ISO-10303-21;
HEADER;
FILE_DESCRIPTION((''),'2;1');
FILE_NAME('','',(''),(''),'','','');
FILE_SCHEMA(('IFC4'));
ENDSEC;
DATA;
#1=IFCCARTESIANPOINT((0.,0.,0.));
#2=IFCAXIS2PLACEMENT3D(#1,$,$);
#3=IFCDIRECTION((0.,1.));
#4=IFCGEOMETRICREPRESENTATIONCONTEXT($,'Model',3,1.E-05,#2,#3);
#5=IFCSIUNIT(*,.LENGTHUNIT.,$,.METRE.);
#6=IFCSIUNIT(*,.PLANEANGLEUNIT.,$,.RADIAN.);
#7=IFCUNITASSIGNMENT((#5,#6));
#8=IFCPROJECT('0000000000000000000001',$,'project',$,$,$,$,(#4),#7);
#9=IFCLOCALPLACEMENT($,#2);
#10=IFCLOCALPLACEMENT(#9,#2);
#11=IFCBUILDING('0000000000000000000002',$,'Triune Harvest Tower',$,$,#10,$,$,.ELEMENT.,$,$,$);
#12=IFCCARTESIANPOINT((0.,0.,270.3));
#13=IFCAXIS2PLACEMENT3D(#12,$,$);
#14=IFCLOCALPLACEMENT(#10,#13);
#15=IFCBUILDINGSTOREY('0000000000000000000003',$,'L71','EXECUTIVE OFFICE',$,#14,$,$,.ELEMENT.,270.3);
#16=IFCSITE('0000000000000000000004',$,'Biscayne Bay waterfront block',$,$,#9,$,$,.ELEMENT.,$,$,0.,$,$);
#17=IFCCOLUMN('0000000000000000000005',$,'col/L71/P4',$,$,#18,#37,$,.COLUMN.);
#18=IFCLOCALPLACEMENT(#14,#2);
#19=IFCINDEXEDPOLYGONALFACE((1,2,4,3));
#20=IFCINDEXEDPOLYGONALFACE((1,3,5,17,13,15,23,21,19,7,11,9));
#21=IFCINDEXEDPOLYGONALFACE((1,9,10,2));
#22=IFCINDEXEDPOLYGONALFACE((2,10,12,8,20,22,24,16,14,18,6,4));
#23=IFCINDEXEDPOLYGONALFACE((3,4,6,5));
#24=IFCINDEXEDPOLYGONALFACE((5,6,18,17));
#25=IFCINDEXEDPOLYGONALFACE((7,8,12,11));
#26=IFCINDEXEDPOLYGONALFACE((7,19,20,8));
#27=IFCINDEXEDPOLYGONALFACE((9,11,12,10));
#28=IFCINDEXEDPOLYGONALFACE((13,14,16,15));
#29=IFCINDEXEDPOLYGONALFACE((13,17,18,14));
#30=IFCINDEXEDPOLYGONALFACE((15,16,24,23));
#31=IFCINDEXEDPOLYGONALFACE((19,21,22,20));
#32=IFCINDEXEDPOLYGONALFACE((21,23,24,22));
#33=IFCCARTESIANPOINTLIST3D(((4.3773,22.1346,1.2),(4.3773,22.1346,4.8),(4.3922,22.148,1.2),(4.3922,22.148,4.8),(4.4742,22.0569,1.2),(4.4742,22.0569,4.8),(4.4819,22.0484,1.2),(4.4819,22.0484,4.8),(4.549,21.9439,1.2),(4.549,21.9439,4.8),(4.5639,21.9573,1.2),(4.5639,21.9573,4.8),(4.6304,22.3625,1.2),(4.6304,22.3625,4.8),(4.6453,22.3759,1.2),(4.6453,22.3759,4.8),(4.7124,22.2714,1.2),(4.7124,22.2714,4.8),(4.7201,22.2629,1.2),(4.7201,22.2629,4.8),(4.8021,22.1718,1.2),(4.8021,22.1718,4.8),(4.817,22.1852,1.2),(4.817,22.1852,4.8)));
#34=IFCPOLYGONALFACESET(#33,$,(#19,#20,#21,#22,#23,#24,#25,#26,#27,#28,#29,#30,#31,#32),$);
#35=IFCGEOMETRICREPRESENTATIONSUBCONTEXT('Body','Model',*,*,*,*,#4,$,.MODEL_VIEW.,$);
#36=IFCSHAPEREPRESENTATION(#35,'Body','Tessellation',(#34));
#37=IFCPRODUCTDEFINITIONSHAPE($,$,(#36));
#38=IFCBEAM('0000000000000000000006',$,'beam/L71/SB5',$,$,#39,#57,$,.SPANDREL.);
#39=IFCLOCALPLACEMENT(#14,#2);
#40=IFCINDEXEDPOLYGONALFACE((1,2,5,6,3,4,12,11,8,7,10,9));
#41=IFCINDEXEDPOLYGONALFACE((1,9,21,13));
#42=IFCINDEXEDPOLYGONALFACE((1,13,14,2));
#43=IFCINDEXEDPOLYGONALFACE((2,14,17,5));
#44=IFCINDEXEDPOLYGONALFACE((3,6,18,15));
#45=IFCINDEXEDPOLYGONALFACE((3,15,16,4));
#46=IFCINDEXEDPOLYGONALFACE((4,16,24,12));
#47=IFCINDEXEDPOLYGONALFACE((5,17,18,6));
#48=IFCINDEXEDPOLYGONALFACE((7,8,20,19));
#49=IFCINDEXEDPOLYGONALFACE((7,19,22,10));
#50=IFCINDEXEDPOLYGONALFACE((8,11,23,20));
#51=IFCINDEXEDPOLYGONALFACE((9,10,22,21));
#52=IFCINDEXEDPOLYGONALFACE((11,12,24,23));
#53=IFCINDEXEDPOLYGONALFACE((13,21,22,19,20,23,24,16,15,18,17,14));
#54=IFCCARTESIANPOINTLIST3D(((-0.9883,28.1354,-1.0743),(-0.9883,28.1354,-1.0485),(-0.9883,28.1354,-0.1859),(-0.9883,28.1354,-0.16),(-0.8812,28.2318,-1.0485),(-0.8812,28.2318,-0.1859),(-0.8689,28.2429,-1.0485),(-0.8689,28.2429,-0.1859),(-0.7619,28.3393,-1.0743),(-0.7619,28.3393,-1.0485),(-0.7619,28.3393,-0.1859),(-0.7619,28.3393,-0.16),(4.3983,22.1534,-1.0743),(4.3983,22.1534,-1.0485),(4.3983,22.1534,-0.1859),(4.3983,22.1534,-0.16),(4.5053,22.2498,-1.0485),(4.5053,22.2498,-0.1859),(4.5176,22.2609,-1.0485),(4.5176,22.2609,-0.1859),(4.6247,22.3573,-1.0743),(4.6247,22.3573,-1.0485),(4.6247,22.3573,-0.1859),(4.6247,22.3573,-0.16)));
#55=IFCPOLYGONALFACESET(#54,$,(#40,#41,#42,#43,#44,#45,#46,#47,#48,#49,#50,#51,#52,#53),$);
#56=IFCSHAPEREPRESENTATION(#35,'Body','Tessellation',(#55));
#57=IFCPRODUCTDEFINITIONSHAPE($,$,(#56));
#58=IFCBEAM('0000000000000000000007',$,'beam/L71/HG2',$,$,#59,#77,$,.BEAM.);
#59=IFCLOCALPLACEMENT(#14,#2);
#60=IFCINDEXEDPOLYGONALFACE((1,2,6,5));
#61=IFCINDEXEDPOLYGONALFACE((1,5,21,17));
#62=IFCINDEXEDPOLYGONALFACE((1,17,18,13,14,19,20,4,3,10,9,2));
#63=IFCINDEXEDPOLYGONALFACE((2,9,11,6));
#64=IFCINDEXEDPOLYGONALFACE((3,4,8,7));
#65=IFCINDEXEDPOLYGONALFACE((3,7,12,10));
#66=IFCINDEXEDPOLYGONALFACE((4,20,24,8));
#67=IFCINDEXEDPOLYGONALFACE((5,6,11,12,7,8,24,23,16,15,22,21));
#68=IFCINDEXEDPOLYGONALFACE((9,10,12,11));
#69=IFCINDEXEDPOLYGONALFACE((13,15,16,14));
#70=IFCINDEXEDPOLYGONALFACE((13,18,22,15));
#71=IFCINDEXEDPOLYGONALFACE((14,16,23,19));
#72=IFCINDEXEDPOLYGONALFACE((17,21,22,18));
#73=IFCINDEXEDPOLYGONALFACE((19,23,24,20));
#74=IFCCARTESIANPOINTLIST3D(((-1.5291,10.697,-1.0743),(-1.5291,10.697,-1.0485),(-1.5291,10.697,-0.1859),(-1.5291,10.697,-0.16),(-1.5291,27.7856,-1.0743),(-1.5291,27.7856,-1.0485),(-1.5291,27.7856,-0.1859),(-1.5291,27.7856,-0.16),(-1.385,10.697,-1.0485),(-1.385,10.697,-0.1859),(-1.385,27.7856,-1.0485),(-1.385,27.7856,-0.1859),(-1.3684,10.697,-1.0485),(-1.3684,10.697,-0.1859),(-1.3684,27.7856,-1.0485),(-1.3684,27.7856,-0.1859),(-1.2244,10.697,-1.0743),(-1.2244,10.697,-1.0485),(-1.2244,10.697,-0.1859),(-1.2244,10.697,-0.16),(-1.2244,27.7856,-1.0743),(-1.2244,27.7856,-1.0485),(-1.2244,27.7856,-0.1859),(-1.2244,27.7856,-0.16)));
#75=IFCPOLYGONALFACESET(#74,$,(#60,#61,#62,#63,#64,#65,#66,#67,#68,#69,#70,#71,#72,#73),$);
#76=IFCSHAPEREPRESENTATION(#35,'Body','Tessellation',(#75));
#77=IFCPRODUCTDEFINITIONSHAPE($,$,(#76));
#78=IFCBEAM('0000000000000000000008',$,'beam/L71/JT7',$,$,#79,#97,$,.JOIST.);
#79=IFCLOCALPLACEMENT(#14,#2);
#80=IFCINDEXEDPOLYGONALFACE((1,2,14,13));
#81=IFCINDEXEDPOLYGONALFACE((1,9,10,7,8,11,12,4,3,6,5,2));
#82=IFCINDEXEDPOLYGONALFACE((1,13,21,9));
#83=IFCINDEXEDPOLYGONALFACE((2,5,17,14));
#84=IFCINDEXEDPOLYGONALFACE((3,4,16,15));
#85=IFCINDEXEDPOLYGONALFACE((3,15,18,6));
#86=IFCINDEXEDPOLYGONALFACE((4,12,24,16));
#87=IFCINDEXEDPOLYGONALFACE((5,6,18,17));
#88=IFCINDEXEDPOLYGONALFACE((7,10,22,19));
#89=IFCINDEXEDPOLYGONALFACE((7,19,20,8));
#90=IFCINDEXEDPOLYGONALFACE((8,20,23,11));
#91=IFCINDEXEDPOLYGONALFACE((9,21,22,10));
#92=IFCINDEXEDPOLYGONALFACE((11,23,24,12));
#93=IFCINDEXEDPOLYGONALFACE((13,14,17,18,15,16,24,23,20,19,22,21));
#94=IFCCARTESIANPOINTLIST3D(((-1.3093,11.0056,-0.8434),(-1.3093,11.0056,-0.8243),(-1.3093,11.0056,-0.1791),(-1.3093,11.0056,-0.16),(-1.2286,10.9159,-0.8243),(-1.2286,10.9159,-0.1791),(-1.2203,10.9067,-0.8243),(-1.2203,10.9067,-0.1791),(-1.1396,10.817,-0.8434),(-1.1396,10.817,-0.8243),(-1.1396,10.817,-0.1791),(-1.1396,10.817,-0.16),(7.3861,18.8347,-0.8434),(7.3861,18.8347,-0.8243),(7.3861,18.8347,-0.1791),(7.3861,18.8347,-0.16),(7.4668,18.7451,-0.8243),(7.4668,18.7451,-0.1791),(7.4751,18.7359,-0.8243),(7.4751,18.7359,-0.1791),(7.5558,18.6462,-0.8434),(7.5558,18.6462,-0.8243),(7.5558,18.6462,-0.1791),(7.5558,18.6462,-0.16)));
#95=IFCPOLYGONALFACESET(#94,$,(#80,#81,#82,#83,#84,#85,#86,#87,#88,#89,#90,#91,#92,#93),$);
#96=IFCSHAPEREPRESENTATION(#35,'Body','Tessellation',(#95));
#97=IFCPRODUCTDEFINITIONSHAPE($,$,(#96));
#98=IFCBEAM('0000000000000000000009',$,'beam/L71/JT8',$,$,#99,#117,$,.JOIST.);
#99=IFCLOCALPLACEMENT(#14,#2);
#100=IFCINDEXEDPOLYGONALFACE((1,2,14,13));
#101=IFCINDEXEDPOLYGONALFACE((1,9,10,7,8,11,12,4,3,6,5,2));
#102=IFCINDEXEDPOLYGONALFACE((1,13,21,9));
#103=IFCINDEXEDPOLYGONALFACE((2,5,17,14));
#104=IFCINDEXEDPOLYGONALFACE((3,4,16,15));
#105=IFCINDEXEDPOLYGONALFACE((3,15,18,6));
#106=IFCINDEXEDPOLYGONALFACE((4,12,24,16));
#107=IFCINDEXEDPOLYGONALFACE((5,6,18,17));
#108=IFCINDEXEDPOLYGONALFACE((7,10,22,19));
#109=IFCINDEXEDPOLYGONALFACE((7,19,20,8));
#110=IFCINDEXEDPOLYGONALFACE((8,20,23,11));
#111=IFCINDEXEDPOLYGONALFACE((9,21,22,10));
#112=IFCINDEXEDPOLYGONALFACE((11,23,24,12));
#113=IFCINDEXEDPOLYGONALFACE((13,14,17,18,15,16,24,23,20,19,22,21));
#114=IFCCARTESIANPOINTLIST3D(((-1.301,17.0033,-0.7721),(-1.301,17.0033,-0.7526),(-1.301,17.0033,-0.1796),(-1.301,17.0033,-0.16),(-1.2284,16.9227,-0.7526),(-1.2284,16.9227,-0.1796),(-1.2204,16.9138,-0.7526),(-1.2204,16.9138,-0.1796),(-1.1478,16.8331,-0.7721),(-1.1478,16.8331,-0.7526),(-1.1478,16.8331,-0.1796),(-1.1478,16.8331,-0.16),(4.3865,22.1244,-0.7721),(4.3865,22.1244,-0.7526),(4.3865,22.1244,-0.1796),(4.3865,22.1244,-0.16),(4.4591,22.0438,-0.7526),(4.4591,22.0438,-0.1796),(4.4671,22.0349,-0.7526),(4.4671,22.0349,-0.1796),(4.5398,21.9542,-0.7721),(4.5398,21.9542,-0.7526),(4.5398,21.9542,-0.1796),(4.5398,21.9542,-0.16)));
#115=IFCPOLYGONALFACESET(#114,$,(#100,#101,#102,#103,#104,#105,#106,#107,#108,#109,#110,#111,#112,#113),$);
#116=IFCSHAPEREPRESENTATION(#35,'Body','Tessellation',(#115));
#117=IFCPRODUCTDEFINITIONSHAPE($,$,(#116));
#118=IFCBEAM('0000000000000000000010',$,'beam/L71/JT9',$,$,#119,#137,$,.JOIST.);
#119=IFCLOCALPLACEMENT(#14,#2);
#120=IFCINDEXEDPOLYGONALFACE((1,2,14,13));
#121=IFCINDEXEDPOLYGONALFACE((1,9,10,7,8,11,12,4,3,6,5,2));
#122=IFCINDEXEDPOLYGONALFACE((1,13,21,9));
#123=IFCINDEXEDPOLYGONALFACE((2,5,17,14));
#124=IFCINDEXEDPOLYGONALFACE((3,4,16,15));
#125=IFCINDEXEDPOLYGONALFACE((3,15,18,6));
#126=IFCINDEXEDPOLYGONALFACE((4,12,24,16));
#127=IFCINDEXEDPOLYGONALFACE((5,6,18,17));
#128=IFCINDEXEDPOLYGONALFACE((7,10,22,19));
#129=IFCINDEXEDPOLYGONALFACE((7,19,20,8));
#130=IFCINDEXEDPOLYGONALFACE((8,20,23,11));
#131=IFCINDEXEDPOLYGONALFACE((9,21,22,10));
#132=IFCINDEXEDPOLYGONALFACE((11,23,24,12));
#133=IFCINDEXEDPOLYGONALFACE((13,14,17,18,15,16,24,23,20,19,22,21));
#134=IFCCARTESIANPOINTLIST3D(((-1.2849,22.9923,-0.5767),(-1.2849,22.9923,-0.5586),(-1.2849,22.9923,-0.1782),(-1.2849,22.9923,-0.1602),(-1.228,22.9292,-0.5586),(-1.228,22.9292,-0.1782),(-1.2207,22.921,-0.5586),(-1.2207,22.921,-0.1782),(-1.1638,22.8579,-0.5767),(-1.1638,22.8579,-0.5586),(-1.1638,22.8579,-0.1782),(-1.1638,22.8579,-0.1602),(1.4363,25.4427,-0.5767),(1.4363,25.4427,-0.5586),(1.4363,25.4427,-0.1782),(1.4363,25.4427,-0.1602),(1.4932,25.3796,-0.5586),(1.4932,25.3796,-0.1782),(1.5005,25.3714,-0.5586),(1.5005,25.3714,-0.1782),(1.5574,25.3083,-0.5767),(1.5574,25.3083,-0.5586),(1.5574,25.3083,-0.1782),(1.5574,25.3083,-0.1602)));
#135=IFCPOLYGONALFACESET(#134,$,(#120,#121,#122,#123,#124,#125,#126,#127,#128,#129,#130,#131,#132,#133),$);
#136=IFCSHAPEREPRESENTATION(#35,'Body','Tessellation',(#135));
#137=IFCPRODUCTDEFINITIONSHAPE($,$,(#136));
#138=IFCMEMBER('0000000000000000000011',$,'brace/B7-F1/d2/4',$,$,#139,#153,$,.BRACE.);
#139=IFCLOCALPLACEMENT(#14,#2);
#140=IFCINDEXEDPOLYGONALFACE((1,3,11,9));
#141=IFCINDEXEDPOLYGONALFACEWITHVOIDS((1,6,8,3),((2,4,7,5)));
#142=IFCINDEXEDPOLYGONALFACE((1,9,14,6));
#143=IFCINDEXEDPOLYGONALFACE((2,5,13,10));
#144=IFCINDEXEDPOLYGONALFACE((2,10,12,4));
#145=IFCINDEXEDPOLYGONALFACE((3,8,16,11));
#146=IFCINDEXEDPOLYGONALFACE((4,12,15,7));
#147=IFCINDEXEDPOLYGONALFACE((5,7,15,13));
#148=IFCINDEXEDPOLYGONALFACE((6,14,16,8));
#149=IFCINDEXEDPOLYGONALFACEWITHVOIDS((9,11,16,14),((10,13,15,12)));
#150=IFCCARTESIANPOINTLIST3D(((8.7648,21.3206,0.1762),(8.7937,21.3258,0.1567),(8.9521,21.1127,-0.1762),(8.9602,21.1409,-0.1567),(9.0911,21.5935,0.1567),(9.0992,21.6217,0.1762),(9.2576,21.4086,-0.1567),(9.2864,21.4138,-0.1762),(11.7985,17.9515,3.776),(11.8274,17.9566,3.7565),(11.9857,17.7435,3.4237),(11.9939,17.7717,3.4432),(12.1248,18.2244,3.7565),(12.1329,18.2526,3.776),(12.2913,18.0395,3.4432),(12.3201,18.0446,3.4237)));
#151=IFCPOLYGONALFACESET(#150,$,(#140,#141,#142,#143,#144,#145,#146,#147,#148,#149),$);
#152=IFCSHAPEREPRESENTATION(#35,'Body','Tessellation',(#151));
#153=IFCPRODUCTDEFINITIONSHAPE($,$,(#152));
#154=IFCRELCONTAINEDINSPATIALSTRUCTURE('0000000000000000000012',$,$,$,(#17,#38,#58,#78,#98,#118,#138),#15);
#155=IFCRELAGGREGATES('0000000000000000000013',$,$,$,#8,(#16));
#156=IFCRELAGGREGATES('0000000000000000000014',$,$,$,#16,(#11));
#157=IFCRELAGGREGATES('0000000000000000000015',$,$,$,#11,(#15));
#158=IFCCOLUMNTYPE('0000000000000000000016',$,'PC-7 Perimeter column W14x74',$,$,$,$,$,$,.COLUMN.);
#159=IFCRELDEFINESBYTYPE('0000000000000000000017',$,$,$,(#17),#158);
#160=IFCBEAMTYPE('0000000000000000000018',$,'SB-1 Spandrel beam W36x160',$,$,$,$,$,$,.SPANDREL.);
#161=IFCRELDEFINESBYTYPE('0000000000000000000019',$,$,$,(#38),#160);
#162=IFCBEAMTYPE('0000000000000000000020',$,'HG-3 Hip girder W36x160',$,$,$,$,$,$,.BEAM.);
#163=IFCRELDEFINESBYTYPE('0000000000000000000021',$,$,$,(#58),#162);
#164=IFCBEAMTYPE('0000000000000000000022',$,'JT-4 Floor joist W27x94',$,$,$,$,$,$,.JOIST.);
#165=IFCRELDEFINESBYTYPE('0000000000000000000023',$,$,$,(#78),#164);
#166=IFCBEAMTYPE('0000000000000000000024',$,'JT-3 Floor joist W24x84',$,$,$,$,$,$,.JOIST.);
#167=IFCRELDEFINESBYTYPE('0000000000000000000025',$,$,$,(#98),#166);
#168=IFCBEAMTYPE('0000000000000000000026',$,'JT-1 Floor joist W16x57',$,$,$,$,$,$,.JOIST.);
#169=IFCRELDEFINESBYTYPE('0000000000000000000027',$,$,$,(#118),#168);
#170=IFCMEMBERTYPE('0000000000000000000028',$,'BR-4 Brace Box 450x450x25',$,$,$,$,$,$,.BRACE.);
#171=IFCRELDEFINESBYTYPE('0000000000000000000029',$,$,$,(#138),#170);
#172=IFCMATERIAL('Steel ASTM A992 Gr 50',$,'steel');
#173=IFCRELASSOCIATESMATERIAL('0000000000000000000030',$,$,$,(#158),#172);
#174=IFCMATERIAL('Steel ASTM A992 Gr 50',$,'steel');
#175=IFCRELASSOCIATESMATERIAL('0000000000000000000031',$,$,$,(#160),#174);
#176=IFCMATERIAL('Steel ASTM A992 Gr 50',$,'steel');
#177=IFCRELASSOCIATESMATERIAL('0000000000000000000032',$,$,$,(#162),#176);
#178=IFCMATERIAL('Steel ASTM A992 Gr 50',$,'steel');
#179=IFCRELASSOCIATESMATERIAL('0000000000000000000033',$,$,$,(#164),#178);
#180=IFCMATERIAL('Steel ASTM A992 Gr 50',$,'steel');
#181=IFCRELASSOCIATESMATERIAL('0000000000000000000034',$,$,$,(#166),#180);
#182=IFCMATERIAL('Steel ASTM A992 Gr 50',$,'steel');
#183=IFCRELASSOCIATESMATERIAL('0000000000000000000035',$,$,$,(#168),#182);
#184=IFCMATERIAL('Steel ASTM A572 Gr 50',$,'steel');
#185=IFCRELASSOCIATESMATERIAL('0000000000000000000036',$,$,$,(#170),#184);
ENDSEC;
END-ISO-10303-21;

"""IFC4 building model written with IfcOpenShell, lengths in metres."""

from ifc_helpers import new_model, si_unit, direction, frame, origin, origin_2d, place, context, subcontext, project, spatial, hollow_rectangle, i_section, extrude, source, transform, mapped, material, material_profile, profile_set, type_object, element, save


model = new_model("IFC4")

# Units and contexts
model_context = context("Model", 3, precision=1e-05, world=origin(), true_north=direction((0.0, 1.0)))
body_context = subcontext(model_context, "Body", "Model", "MODEL_VIEW")
ifc_project = project(units=[si_unit("LENGTHUNIT", "METRE"), si_unit("PLANEANGLEUNIT", "RADIAN")], contexts=[model_context])

# Site, building, storey
site_placement = place(None, origin())
site = spatial("IfcSite", under=ifc_project, at=site_placement, Name="Biscayne Bay waterfront block", CompositionType="ELEMENT", RefElevation=0.0)
building_placement = place(site_placement, origin())
building = spatial("IfcBuilding", under=site, at=building_placement, Name="Triune Harvest Tower", CompositionType="ELEMENT")
storey_placement = place(building_placement, frame((0.0, 0.0, 270.3)))
storey = spatial("IfcBuildingStorey", under=building, at=storey_placement, Name="L71", Description="EXECUTIVE OFFICE", CompositionType="ELEMENT", Elevation=270.3)

# Column
ifc_material_1 = material(Name="Steel ASTM A992 Gr 50", Category="steel")
ifc_material_profile_1 = material_profile(ifc_material_1, i_section(OverallWidth=0.2566, OverallDepth=0.3606, WebThickness=0.0115, FlangeThickness=0.02, at=origin_2d()), Name="W14x74")
ifc_profile_set_1 = profile_set([ifc_material_profile_1], Name="Steel ASTM A992 Gr 50")
column_type = type_object("IfcColumnType", Name="PC-7 Perimeter column W14x74", PredefinedType="COLUMN", material=ifc_profile_set_1)
shared_shape_1 = source(origin(), body_context, "Body", "SweptSolid", [
    extrude(i_section(OverallWidth=0.2566, OverallDepth=0.3606, WebThickness=0.0115, FlangeThickness=0.02, at=origin_2d()), origin(), (0.0, 0.0, 1.0), 3.6001),
])
column_placement = place(storey_placement, frame((4.5972, 22.1599, 1.2), z_axis=(0.0, 0.0, 1.0), x_axis=(-0.669131, 0.743145, 0.0)))
element("IfcColumn", 1, at=column_placement, inside=storey, type_object=column_type, Name="col/L71/P4", PredefinedType="COLUMN", context=body_context, shape_type="MappedRepresentation", body=[
    mapped(shared_shape_1, transform((0.0, 0.0, 0.0), scale=1.0)),
])

# Beams
ifc_material_2 = material(Name="Steel ASTM A992 Gr 50", Category="steel")
ifc_material_profile_2 = material_profile(ifc_material_2, i_section(OverallWidth=0.3047, OverallDepth=0.9143, WebThickness=0.0166, FlangeThickness=0.0259, at=origin_2d()), Name="W36x160")
ifc_profile_set_2 = profile_set([ifc_material_profile_2], Name="Steel ASTM A992 Gr 50")
beam_type_1 = type_object("IfcBeamType", Name="SB-1 Spandrel beam W36x160", PredefinedType="SPANDREL", material=ifc_profile_set_2)
shared_shape_2 = source(origin(), body_context, "Body", "SweptSolid", [
    extrude(i_section(OverallWidth=0.3047, OverallDepth=0.9143, WebThickness=0.0166, FlangeThickness=0.0259, at=origin_2d()), origin(), (0.0, 0.0, 1.0), 8.0498),
])
beam_1_placement = place(storey_placement, frame((4.5115, 22.2554, -0.6172), z_axis=(-0.669152, 0.743125, 0.0), x_axis=(-0.743125, -0.669152, 0.0)))
element("IfcBeam", 2, at=beam_1_placement, inside=storey, type_object=beam_type_1, Name="beam/L71/SB5", PredefinedType="SPANDREL", context=body_context, shape_type="MappedRepresentation", body=[
    mapped(shared_shape_2, transform((0.0, 0.0, 0.0), scale=1.0)),
])
ifc_material_3 = material(Name="Steel ASTM A992 Gr 50", Category="steel")
ifc_material_profile_3 = material_profile(ifc_material_3, i_section(OverallWidth=0.3047, OverallDepth=0.9143, WebThickness=0.0166, FlangeThickness=0.0259, at=origin_2d()), Name="W36x160")
ifc_profile_set_3 = profile_set([ifc_material_profile_3], Name="Steel ASTM A992 Gr 50")
beam_type_2 = type_object("IfcBeamType", Name="HG-3 Hip girder W36x160", PredefinedType="BEAM", material=ifc_profile_set_3)
shared_shape_3 = source(origin(), body_context, "Body", "SweptSolid", [
    extrude(i_section(OverallWidth=0.3047, OverallDepth=0.9143, WebThickness=0.0166, FlangeThickness=0.0259, at=origin_2d()), origin(), (0.0, 0.0, 1.0), 17.0886),
])
beam_2_placement = place(storey_placement, frame((-1.3767, 27.7856, -0.6172), z_axis=(0.0, -1.0, 0.0), x_axis=(1.0, 0.0, 0.0)))
element("IfcBeam", 3, at=beam_2_placement, inside=storey, type_object=beam_type_2, Name="beam/L71/HG2", PredefinedType="BEAM", context=body_context, shape_type="MappedRepresentation", body=[
    mapped(shared_shape_3, transform((0.0, 0.0, 0.0), scale=1.0)),
])
ifc_material_4 = material(Name="Steel ASTM A992 Gr 50", Category="steel")
ifc_material_profile_4 = material_profile(ifc_material_4, i_section(OverallWidth=0.2537, OverallDepth=0.6833, WebThickness=0.0125, FlangeThickness=0.019, at=origin_2d()), Name="W27x94")
ifc_profile_set_4 = profile_set([ifc_material_profile_4], Name="Steel ASTM A992 Gr 50")
beam_type_3 = type_object("IfcBeamType", Name="JT-4 Floor joist W27x94", PredefinedType="JOIST", material=ifc_profile_set_4)
shared_shape_4 = source(origin(), body_context, "Body", "SweptSolid", [
    extrude(i_section(OverallWidth=0.2537, OverallDepth=0.6833, WebThickness=0.0125, FlangeThickness=0.019, at=origin_2d()), origin(), (0.0, 0.0, 1.0), 11.7007),
])
beam_3_placement = place(storey_placement, frame((7.4709, 18.7405, -0.5017), z_axis=(-0.743153, -0.669121, 0.0), x_axis=(0.669121, -0.743153, 0.0)))
element("IfcBeam", 4, at=beam_3_placement, inside=storey, type_object=beam_type_3, Name="beam/L71/JT7", PredefinedType="JOIST", context=body_context, shape_type="MappedRepresentation", body=[
    mapped(shared_shape_4, transform((0.0, 0.0, 0.0), scale=1.0)),
])
ifc_material_5 = material(Name="Steel ASTM A992 Gr 50", Category="steel")
ifc_material_profile_5 = material_profile(ifc_material_5, i_section(OverallWidth=0.229, OverallDepth=0.6121, WebThickness=0.012, FlangeThickness=0.0195, at=origin_2d()), Name="W24x84")
ifc_profile_set_5 = profile_set([ifc_material_profile_5], Name="Steel ASTM A992 Gr 50")
beam_type_4 = type_object("IfcBeamType", Name="JT-3 Floor joist W24x84", PredefinedType="JOIST", material=ifc_profile_set_5)
shared_shape_5 = source(origin(), body_context, "Body", "SweptSolid", [
    extrude(i_section(OverallWidth=0.229, OverallDepth=0.6121, WebThickness=0.012, FlangeThickness=0.0195, at=origin_2d()), origin(), (0.0, 0.0, 1.0), 7.6533),
])
beam_4_placement = place(storey_placement, frame((4.4631, 22.0393, -0.4661), z_axis=(-0.743142, -0.669134, 0.0), x_axis=(0.669134, -0.743142, 0.0)))
element("IfcBeam", 5, at=beam_4_placement, inside=storey, type_object=beam_type_4, Name="beam/L71/JT8", PredefinedType="JOIST", context=body_context, shape_type="MappedRepresentation", body=[
    mapped(shared_shape_5, transform((0.0, 0.0, 0.0), scale=1.0)),
])
ifc_material_6 = material(Name="Steel ASTM A992 Gr 50", Category="steel")
ifc_material_profile_6 = material_profile(ifc_material_6, i_section(OverallWidth=0.1809, OverallDepth=0.4165, WebThickness=0.011, FlangeThickness=0.0181, at=origin_2d()), Name="W16x57")
ifc_profile_set_6 = profile_set([ifc_material_profile_6], Name="Steel ASTM A992 Gr 50")
beam_type_5 = type_object("IfcBeamType", Name="JT-1 Floor joist W16x57", PredefinedType="JOIST", material=ifc_profile_set_6)
shared_shape_6 = source(origin(), body_context, "Body", "SweptSolid", [
    extrude(i_section(OverallWidth=0.1809, OverallDepth=0.4165, WebThickness=0.011, FlangeThickness=0.0181, at=origin_2d()), origin(), (0.0, 0.0, 1.0), 3.6619),
])
beam_5_placement = place(storey_placement, frame((1.4968, 25.3755, -0.3684), z_axis=(-0.743108, -0.669171, 0.0), x_axis=(0.669171, -0.743108, 0.0)))
element("IfcBeam", 6, at=beam_5_placement, inside=storey, type_object=beam_type_5, Name="beam/L71/JT9", PredefinedType="JOIST", context=body_context, shape_type="MappedRepresentation", body=[
    mapped(shared_shape_6, transform((0.0, 0.0, 0.0), scale=1.0)),
])

# Member
ifc_material_7 = material(Name="Steel ASTM A572 Gr 50", Category="steel")
ifc_material_profile_7 = material_profile(ifc_material_7, hollow_rectangle(XDim=0.45, YDim=0.45, WallThickness=0.0249, at=origin_2d()), Name="Box 450x450x25")
ifc_profile_set_7 = profile_set([ifc_material_profile_7], Name="Steel ASTM A572 Gr 50")
member_type_1 = type_object("IfcMemberType", Name="BR-4 Brace Box 450x450x25", PredefinedType="BRACE", material=ifc_profile_set_7)
shared_shape_7 = source(origin(), body_context, "Body", "SweptSolid", [
    extrude(hollow_rectangle(XDim=0.45, YDim=0.45, WallThickness=0.0249, at=origin_2d()), origin(), (0.0, 0.0, 1.0), 5.7891),
])
member_1_placement = place(storey_placement, frame((9.0256, 21.3672, 0.0), z_axis=(0.524038, -0.581983, 0.621836), x_axis=(0.743133, 0.669143, 0.0)))
element("IfcMember", 7, at=member_1_placement, inside=storey, type_object=member_type_1, Name="brace/B7-F1/d2/4", PredefinedType="BRACE", context=body_context, shape_type="MappedRepresentation", body=[
    mapped(shared_shape_7, transform((0.0, 0.0, 0.0), scale=1.0)),
])

save(model, "model.ifc")
